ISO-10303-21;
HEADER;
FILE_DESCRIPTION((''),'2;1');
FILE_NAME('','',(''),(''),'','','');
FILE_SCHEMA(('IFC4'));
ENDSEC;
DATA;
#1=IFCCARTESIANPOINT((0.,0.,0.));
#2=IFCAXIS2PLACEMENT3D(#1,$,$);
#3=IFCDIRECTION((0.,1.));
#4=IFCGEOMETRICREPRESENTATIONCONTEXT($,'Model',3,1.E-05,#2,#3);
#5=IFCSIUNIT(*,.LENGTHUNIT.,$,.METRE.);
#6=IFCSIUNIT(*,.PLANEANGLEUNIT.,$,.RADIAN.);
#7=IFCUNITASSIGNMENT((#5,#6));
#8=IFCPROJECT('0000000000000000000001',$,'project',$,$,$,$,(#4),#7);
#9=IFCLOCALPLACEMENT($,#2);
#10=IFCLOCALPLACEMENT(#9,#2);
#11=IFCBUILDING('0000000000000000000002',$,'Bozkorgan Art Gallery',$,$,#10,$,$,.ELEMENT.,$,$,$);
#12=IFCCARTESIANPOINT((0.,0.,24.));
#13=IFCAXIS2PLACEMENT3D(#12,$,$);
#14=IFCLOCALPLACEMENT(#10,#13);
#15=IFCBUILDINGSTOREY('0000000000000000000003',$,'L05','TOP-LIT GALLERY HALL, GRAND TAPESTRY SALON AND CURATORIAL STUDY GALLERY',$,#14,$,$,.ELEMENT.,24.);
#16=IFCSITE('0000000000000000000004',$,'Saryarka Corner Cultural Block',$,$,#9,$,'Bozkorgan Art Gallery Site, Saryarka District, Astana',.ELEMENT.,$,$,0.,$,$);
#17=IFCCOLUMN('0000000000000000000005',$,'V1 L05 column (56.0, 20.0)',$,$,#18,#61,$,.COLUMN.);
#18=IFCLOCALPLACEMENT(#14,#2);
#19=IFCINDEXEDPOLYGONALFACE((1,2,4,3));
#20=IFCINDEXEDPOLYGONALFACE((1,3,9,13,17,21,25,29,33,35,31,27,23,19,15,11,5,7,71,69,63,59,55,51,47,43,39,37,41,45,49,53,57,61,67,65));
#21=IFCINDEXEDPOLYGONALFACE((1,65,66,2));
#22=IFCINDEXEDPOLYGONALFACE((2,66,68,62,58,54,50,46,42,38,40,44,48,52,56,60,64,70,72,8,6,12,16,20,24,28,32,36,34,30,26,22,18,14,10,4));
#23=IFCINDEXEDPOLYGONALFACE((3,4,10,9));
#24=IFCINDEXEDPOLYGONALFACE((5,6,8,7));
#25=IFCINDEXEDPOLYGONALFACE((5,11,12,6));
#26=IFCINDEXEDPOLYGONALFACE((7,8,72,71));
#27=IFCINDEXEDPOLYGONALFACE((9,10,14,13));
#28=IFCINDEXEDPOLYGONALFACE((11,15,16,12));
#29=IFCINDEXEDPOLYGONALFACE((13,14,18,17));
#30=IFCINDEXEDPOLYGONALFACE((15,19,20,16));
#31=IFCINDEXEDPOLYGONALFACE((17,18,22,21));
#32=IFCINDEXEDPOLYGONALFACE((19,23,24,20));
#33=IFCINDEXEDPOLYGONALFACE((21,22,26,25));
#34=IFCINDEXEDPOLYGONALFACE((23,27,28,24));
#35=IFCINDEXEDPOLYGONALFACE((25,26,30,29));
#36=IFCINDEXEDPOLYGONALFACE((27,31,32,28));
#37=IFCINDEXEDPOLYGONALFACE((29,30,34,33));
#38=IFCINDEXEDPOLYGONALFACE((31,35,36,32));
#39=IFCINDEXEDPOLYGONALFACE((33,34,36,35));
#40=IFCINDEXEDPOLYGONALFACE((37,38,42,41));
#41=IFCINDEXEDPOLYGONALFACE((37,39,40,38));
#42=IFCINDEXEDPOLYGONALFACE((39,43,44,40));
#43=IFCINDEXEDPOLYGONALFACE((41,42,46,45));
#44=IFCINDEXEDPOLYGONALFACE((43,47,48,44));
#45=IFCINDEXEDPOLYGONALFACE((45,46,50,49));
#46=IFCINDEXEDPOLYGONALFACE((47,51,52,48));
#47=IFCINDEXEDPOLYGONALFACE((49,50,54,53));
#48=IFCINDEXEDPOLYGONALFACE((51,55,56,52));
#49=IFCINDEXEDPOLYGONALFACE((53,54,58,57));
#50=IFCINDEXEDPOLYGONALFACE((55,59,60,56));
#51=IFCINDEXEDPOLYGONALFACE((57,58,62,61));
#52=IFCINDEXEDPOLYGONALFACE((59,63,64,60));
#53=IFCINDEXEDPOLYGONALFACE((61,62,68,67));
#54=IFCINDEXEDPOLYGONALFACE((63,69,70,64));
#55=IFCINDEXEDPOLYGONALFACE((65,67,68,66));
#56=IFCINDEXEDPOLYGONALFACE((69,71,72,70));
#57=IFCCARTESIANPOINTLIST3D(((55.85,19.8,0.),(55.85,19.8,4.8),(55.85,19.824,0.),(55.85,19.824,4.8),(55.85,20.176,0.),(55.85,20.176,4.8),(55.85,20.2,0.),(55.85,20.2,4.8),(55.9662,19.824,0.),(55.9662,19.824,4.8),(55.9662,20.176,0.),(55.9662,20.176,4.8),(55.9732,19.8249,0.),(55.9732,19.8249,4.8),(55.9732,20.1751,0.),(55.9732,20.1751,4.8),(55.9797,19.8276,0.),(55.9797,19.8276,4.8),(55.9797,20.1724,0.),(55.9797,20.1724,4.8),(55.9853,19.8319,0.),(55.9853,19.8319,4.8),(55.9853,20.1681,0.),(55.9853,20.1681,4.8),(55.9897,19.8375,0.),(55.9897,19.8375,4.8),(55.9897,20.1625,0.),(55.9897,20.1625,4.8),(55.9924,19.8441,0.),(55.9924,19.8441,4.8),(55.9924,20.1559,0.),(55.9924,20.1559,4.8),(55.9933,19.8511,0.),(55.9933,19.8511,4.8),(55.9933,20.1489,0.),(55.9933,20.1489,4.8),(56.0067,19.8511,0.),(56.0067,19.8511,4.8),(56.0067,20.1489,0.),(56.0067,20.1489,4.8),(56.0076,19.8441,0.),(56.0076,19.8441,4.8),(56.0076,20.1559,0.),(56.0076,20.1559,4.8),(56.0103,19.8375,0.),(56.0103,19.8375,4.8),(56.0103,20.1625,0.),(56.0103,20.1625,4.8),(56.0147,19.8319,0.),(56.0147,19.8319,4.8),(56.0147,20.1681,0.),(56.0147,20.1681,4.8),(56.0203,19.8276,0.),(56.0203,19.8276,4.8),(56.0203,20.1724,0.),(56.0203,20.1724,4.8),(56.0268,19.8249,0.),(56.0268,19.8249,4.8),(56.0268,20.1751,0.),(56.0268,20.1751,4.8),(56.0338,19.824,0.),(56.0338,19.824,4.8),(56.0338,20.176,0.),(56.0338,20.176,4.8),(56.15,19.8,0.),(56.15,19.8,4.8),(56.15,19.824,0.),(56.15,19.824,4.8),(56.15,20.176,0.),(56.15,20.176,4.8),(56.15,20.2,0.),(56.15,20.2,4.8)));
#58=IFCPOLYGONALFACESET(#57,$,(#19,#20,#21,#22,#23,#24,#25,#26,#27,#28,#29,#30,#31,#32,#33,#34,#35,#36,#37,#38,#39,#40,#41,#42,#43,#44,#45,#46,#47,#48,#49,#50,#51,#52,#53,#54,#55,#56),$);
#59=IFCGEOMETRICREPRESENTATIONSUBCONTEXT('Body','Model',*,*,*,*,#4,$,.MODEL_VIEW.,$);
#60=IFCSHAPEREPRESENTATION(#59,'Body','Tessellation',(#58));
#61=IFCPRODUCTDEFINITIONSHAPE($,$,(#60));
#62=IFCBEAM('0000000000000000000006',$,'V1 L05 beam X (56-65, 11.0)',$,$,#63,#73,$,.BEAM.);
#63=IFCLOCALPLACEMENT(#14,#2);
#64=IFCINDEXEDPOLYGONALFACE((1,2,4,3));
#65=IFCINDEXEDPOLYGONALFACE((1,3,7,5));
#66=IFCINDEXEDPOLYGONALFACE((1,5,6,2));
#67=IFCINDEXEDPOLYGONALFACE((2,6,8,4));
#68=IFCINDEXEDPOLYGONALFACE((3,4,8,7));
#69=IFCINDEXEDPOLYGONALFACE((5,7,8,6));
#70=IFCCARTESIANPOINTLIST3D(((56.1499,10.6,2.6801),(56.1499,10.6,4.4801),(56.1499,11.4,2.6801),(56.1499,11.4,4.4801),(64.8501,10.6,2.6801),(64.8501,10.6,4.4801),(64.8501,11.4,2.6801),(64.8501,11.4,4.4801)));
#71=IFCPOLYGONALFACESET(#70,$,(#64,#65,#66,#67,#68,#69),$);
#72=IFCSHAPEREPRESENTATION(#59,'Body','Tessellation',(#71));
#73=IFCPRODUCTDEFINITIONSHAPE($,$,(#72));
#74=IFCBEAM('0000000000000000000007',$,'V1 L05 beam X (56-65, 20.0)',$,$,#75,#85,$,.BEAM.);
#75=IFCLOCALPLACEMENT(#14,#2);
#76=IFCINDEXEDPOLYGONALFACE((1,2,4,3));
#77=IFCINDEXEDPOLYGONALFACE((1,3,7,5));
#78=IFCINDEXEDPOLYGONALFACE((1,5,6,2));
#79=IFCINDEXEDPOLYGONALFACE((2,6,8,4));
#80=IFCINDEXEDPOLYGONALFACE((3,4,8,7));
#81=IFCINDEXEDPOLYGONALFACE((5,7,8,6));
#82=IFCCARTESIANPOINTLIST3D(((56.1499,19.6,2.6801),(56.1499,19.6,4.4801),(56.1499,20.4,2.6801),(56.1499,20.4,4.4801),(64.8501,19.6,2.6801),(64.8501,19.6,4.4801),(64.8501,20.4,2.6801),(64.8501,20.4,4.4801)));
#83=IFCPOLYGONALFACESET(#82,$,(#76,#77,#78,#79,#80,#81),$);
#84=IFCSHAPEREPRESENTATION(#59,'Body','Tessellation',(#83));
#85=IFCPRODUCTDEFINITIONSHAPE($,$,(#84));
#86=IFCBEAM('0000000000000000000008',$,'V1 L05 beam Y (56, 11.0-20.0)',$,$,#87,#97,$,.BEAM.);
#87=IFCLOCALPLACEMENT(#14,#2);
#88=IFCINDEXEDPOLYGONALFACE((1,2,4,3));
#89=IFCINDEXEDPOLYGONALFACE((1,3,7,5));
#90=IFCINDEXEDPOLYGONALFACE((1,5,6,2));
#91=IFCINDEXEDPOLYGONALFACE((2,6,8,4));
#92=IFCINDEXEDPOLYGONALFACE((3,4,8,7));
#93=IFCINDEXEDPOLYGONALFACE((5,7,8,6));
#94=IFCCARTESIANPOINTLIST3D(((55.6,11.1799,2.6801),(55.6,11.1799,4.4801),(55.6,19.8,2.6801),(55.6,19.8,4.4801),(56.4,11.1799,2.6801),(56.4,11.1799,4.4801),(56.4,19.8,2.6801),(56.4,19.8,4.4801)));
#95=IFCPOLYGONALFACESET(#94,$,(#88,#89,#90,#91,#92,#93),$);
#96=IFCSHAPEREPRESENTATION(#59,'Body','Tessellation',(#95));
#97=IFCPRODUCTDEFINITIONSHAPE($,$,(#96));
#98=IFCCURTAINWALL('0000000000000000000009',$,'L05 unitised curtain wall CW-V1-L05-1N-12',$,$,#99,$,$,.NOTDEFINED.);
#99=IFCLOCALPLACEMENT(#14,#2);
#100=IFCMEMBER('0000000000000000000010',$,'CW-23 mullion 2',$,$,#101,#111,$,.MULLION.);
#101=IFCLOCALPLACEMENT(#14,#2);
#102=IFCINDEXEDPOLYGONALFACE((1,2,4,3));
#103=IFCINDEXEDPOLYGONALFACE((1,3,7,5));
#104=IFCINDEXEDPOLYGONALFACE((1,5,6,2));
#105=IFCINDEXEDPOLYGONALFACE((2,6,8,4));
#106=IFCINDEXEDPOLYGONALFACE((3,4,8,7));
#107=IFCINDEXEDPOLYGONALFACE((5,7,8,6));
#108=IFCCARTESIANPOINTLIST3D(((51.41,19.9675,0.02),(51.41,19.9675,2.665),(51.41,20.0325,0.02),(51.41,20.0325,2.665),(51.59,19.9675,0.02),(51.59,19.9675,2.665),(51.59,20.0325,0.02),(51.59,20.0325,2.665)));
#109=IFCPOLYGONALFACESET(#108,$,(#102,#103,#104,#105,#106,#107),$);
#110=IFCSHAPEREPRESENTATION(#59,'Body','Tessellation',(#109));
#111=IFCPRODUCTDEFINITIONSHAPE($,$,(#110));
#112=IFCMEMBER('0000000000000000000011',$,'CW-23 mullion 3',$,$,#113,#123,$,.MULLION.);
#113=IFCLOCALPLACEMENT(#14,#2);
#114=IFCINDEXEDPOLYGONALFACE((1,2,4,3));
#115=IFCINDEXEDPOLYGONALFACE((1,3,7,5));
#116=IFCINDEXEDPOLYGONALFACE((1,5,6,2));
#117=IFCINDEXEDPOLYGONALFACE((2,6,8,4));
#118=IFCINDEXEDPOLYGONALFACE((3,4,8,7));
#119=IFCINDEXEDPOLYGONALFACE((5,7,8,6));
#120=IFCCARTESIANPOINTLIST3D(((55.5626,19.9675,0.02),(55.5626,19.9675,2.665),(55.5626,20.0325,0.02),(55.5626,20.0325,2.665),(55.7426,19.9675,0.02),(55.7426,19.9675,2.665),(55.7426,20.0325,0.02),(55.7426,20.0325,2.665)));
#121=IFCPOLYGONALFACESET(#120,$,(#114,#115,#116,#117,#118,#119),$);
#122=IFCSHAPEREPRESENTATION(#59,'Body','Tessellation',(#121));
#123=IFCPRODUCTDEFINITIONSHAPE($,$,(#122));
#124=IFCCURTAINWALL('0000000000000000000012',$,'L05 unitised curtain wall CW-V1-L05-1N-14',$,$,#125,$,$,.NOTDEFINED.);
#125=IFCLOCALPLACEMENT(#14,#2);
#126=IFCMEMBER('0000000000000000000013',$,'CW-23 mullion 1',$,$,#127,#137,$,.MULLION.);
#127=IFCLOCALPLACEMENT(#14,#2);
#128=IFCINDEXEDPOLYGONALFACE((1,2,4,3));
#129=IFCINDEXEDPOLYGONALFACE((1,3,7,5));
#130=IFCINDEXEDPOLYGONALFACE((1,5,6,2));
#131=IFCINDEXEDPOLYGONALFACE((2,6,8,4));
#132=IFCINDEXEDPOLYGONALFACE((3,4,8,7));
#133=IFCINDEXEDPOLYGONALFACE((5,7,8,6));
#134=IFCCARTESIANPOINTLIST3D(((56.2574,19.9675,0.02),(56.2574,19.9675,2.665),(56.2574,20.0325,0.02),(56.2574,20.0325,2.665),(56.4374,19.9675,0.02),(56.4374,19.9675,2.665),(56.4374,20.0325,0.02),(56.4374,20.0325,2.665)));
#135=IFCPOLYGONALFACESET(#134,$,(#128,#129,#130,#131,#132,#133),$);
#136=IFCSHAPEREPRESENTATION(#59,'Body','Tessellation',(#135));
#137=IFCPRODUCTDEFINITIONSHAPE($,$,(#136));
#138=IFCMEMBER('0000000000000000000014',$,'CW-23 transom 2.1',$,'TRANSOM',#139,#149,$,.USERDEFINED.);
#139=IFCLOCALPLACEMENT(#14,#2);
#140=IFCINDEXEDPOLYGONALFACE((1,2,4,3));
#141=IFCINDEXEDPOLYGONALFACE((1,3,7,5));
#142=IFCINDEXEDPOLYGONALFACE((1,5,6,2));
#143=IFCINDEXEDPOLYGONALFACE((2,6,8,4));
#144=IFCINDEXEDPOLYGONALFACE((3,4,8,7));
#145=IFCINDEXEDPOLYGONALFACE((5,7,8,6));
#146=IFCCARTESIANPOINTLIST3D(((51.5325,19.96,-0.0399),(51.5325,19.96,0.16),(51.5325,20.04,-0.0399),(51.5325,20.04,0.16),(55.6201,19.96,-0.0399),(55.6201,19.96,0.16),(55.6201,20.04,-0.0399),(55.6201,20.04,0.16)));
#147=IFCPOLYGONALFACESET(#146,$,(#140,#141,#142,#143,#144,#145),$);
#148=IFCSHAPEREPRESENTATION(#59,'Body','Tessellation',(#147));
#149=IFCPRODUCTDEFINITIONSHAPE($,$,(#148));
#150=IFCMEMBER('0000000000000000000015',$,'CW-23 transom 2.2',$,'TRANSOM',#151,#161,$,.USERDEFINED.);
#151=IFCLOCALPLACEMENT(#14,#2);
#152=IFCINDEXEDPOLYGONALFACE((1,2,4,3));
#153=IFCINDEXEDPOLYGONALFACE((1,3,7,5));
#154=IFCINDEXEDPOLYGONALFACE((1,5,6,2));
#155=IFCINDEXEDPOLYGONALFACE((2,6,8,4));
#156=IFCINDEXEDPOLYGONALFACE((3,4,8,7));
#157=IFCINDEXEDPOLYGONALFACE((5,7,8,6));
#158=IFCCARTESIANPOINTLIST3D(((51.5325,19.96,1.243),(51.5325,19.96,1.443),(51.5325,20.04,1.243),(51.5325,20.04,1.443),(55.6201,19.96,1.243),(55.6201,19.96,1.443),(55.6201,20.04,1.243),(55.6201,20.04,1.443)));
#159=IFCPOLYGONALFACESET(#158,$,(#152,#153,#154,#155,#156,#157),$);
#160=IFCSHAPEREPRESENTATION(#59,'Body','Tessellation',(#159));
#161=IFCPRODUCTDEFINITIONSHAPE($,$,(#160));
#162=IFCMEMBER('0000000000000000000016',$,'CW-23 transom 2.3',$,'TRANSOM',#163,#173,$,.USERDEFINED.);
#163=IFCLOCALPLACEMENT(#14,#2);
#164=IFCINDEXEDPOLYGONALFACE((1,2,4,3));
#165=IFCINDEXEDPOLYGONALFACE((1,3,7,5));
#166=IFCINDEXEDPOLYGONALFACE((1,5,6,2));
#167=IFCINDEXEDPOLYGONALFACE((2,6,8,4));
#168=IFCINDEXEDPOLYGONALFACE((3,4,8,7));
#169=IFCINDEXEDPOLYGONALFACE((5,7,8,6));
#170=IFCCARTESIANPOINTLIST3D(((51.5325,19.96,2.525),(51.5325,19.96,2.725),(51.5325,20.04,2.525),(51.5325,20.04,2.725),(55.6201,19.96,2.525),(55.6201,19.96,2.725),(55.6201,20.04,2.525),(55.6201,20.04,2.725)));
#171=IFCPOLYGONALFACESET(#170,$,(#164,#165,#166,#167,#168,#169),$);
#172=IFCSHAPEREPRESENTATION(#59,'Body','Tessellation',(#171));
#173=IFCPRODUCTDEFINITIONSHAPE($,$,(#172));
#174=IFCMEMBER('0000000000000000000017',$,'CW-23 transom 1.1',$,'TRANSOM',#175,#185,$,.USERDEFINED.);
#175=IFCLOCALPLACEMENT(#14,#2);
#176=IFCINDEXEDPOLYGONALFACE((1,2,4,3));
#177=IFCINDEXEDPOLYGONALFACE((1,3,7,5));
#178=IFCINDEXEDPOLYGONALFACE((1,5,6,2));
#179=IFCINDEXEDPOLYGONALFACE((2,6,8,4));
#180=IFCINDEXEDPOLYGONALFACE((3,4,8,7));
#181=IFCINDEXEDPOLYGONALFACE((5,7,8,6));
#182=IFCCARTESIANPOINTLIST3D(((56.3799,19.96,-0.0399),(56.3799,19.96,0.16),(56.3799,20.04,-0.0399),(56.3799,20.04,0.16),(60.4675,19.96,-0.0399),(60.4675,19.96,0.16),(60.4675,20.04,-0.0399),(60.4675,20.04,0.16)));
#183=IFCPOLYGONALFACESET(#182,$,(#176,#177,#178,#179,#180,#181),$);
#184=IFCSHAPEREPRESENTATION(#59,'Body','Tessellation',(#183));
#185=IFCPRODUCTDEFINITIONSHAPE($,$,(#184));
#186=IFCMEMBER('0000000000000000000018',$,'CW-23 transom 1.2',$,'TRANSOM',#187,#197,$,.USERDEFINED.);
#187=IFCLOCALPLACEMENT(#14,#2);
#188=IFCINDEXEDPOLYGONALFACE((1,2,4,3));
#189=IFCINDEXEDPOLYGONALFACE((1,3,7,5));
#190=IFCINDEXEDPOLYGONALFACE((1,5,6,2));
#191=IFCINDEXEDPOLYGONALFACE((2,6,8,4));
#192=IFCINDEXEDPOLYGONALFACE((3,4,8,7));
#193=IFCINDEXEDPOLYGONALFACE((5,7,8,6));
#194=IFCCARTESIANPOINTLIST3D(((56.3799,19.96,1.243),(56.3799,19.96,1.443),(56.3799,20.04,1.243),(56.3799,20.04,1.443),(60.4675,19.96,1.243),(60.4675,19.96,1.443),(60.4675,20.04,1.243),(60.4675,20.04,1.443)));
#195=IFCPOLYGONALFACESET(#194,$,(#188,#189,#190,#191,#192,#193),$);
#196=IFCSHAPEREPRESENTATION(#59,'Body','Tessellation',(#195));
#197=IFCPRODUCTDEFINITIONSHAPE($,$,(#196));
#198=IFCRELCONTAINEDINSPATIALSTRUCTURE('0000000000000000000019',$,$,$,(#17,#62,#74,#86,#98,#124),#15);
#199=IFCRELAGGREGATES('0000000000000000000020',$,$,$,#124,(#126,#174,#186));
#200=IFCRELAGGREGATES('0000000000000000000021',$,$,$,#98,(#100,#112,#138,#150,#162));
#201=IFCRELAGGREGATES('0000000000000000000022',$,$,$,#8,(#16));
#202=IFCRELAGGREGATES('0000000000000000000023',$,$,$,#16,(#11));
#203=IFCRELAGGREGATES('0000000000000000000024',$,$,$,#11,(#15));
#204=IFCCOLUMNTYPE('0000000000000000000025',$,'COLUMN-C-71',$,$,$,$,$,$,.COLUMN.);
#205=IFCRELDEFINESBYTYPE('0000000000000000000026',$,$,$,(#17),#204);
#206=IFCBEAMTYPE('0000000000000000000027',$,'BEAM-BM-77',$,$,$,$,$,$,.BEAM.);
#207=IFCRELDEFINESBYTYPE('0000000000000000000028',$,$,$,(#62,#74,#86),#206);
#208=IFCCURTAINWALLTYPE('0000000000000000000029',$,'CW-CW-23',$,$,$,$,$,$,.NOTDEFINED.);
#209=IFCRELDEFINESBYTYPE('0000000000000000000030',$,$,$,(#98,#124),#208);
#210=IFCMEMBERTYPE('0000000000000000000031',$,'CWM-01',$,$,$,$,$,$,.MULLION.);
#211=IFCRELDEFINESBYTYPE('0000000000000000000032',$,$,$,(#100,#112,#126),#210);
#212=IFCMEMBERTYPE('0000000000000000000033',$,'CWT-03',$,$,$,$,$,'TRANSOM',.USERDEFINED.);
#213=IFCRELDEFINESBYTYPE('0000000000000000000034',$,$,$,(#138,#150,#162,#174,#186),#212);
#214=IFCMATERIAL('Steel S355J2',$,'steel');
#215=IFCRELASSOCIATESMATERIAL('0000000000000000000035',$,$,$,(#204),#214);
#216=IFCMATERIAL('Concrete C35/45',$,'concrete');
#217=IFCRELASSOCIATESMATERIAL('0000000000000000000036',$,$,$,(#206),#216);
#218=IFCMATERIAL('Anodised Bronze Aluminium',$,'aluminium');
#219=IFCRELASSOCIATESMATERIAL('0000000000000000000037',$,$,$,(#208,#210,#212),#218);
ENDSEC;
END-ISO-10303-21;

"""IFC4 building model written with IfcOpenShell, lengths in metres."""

from ifc_helpers import new_model, si_unit, direction, frame, origin, origin_2d, place, context, subcontext, project, spatial, rectangle, i_section, extrude, material, material_profile, profile_set, type_object, element, aggregate, save


model = new_model("IFC4")

# Units and contexts
model_context = context("Model", 3, precision=1e-05, world=origin(), true_north=direction((0.0, 1.0)))
body_context = subcontext(model_context, "Body", "Model", "MODEL_VIEW")
ifc_project = project(units=[si_unit("LENGTHUNIT", "METRE"), si_unit("PLANEANGLEUNIT", "RADIAN")], contexts=[model_context])

# Site, building, storey
site_placement = place(None, origin())
site = spatial("IfcSite", under=ifc_project, at=site_placement, Name="Saryarka Corner Cultural Block", LongName="Bozkorgan Art Gallery Site, Saryarka District, Astana", CompositionType="ELEMENT", RefElevation=0.0)
building_placement = place(site_placement, origin())
building = spatial("IfcBuilding", under=site, at=building_placement, Name="Bozkorgan Art Gallery", CompositionType="ELEMENT")
storey_placement = place(building_placement, frame((0.0, 0.0, 24.0)))
storey = spatial("IfcBuildingStorey", under=building, at=storey_placement, Name="L05", Description="TOP-LIT GALLERY HALL, GRAND TAPESTRY SALON AND CURATORIAL STUDY GALLERY", CompositionType="ELEMENT", Elevation=24.0)

# Column
ifc_material_1 = material(Name="Steel S355J2", Category="steel")
ifc_material_profile_1 = material_profile(ifc_material_1, i_section(OverallWidth=0.3, OverallDepth=0.3999, WebThickness=0.0134, FlangeThickness=0.0239, FilletRadius=0.0271, at=origin_2d()), Name="HEB 400")
ifc_profile_set_1 = profile_set([ifc_material_profile_1], Name="Steel S355J2")
column_type = type_object("IfcColumnType", Name="COLUMN-C-71", PredefinedType="COLUMN", material=ifc_profile_set_1)
column_placement = place(storey_placement, frame((56.0, 20.0, 0.0), z_axis=(0.0, 0.0, 1.0), x_axis=(1.0, 0.0, 0.0)))
element("IfcColumn", 1, at=column_placement, inside=storey, type_object=column_type, Name="V1 L05 column (56.0, 20.0)", PredefinedType="COLUMN", context=body_context, shape_type="SweptSolid", body=[
    extrude(i_section(OverallWidth=0.3, OverallDepth=0.3999, WebThickness=0.0134, FlangeThickness=0.0239, FilletRadius=0.0271, at=origin_2d()), origin(), (0.0, 0.0, 1.0), 4.8),
])

# Beams
ifc_material_2 = material(Name="Concrete C35/45", Category="concrete")
ifc_material_profile_2 = material_profile(ifc_material_2, rectangle(XDim=0.8, YDim=1.8, at=origin_2d()), Name="RC 800x1800")
ifc_profile_set_2 = profile_set([ifc_material_profile_2], Name="Concrete C35/45")
beam_type = type_object("IfcBeamType", Name="BEAM-BM-77", PredefinedType="BEAM", material=ifc_profile_set_2)
for number, where, z_axis, x_axis, name in (
    (2, (56.1499, 11.0, 3.5801), (1.0, 0.0, 0.0), (0.0, 1.0, 0.0), "V1 L05 beam X (56-65, 11.0)"),
    (3, (56.1499, 20.0, 3.5801), (1.0, 0.0, 0.0), (0.0, 1.0, 0.0), "V1 L05 beam X (56-65, 20.0)"),
):
    element("IfcBeam", number, at=place(storey_placement, frame(where, z_axis=z_axis, x_axis=x_axis)), inside=storey, type_object=beam_type, Name=name, PredefinedType="BEAM", context=body_context, shape_type="SweptSolid", body=[
        extrude(rectangle(XDim=0.8, YDim=1.8, at=origin_2d()), origin(), (0.0, 0.0, 1.0), 8.7002),
    ])
beam_placement = place(storey_placement, frame((56.0, 11.1799, 3.5801), z_axis=(0.0, 1.0, 0.0), x_axis=(-1.0, 0.0, 0.0)))
element("IfcBeam", 4, at=beam_placement, inside=storey, type_object=beam_type, Name="V1 L05 beam Y (56, 11.0-20.0)", PredefinedType="BEAM", context=body_context, shape_type="SweptSolid", body=[
    extrude(rectangle(XDim=0.8, YDim=1.8, at=origin_2d()), origin(), (0.0, 0.0, 1.0), 8.6201),
])

# Curtain wall, members
ifc_material_3 = material(Name="Anodised Bronze Aluminium", Category="aluminium")
curtain_wall_type = type_object("IfcCurtainWallType", Name="CW-CW-23", PredefinedType="NOTDEFINED", material=ifc_material_3)
curtain_wall_1_placement = place(storey_placement, origin())
curtain_wall_1 = element("IfcCurtainWall", 5, at=curtain_wall_1_placement, inside=storey, type_object=curtain_wall_type, Name="L05 unitised curtain wall CW-V1-L05-1N-12", PredefinedType="NOTDEFINED")
ifc_material_profile_3 = material_profile(ifc_material_3, rectangle(XDim=0.0649, YDim=0.1799, at=origin_2d()), Name="ALU MULLION 65x180")
ifc_profile_set_3 = profile_set([ifc_material_profile_3], Name="Anodised Bronze Aluminium")
member_type_1 = type_object("IfcMemberType", Name="CWM-01", PredefinedType="MULLION", material=ifc_profile_set_3)
member_1_placement = place(storey_placement, frame((51.5, 20.0, 0.02), z_axis=(0.0, 0.0, 1.0), x_axis=(0.0, 1.0, 0.0)))
member_1 = element("IfcMember", 6, at=member_1_placement, type_object=member_type_1, Name="CW-23 mullion 2", PredefinedType="MULLION", context=body_context, shape_type="SweptSolid", body=[
    extrude(rectangle(XDim=0.0649, YDim=0.1799, at=origin_2d()), origin(), (0.0, 0.0, 1.0), 2.645),
])
member_2_placement = place(storey_placement, frame((55.6526, 20.0, 0.02), z_axis=(0.0, 0.0, 1.0), x_axis=(0.0, 1.0, 0.0)))
member_2 = element("IfcMember", 7, at=member_2_placement, type_object=member_type_1, Name="CW-23 mullion 3", PredefinedType="MULLION", context=body_context, shape_type="SweptSolid", body=[
    extrude(rectangle(XDim=0.0649, YDim=0.1799, at=origin_2d()), origin(), (0.0, 0.0, 1.0), 2.645),
])

# Curtain wall, member
curtain_wall_2_placement = place(storey_placement, origin())
curtain_wall_2 = element("IfcCurtainWall", 8, at=curtain_wall_2_placement, inside=storey, type_object=curtain_wall_type, Name="L05 unitised curtain wall CW-V1-L05-1N-14", PredefinedType="NOTDEFINED")
member_3_placement = place(storey_placement, frame((56.3474, 20.0, 0.02), z_axis=(0.0, 0.0, 1.0), x_axis=(0.0, 1.0, 0.0)))
member_3 = element("IfcMember", 9, at=member_3_placement, type_object=member_type_1, Name="CW-23 mullion 1", PredefinedType="MULLION", context=body_context, shape_type="SweptSolid", body=[
    extrude(rectangle(XDim=0.0649, YDim=0.1799, at=origin_2d()), origin(), (0.0, 0.0, 1.0), 2.645),
])

# Members
ifc_material_profile_4 = material_profile(ifc_material_3, rectangle(XDim=0.0801, YDim=0.2, at=origin_2d()), Name="ALU TRANSOM 80x200")
ifc_profile_set_4 = profile_set([ifc_material_profile_4], Name="Anodised Bronze Aluminium")
member_type_2 = type_object("IfcMemberType", Name="CWT-03", ElementType="TRANSOM", PredefinedType="USERDEFINED", material=ifc_profile_set_4)
member_4_placement = place(storey_placement, frame((51.5325, 20.0, 0.0601), z_axis=(1.0, 0.0, 0.0), x_axis=(0.0, 1.0, 0.0)))
member_4 = element("IfcMember", 10, at=member_4_placement, type_object=member_type_2, Name="CW-23 transom 2.1", ObjectType="TRANSOM", PredefinedType="USERDEFINED", context=body_context, shape_type="SweptSolid", body=[
    extrude(rectangle(XDim=0.0801, YDim=0.2, at=origin_2d()), origin(), (0.0, 0.0, 1.0), 4.0876),
])
member_5_placement = place(storey_placement, frame((51.5325, 20.0, 1.343), z_axis=(1.0, 0.0, 0.0), x_axis=(0.0, 1.0, 0.0)))
member_5 = element("IfcMember", 11, at=member_5_placement, type_object=member_type_2, Name="CW-23 transom 2.2", ObjectType="TRANSOM", PredefinedType="USERDEFINED", context=body_context, shape_type="SweptSolid", body=[
    extrude(rectangle(XDim=0.0801, YDim=0.2, at=origin_2d()), origin(), (0.0, 0.0, 1.0), 4.0876),
])
member_6_placement = place(storey_placement, frame((51.5325, 20.0, 2.625), z_axis=(1.0, 0.0, 0.0), x_axis=(0.0, 1.0, 0.0)))
member_6 = element("IfcMember", 12, at=member_6_placement, type_object=member_type_2, Name="CW-23 transom 2.3", ObjectType="TRANSOM", PredefinedType="USERDEFINED", context=body_context, shape_type="SweptSolid", body=[
    extrude(rectangle(XDim=0.0801, YDim=0.2, at=origin_2d()), origin(), (0.0, 0.0, 1.0), 4.0876),
])
member_7_placement = place(storey_placement, frame((56.3799, 20.0, 0.0601), z_axis=(1.0, 0.0, 0.0), x_axis=(0.0, 1.0, 0.0)))
member_7 = element("IfcMember", 13, at=member_7_placement, type_object=member_type_2, Name="CW-23 transom 1.1", ObjectType="TRANSOM", PredefinedType="USERDEFINED", context=body_context, shape_type="SweptSolid", body=[
    extrude(rectangle(XDim=0.0801, YDim=0.2, at=origin_2d()), origin(), (0.0, 0.0, 1.0), 4.0876),
])
member_8_placement = place(storey_placement, frame((56.3799, 20.0, 1.343), z_axis=(1.0, 0.0, 0.0), x_axis=(0.0, 1.0, 0.0)))
member_8 = element("IfcMember", 14, at=member_8_placement, type_object=member_type_2, Name="CW-23 transom 1.2", ObjectType="TRANSOM", PredefinedType="USERDEFINED", context=body_context, shape_type="SweptSolid", body=[
    extrude(rectangle(XDim=0.0801, YDim=0.2, at=origin_2d()), origin(), (0.0, 0.0, 1.0), 4.0876),
])
aggregate(curtain_wall_2, [member_3, member_7, member_8])

aggregate(curtain_wall_1, [member_1, member_2, member_4, member_5, member_6])

save(model, "model.ifc")
